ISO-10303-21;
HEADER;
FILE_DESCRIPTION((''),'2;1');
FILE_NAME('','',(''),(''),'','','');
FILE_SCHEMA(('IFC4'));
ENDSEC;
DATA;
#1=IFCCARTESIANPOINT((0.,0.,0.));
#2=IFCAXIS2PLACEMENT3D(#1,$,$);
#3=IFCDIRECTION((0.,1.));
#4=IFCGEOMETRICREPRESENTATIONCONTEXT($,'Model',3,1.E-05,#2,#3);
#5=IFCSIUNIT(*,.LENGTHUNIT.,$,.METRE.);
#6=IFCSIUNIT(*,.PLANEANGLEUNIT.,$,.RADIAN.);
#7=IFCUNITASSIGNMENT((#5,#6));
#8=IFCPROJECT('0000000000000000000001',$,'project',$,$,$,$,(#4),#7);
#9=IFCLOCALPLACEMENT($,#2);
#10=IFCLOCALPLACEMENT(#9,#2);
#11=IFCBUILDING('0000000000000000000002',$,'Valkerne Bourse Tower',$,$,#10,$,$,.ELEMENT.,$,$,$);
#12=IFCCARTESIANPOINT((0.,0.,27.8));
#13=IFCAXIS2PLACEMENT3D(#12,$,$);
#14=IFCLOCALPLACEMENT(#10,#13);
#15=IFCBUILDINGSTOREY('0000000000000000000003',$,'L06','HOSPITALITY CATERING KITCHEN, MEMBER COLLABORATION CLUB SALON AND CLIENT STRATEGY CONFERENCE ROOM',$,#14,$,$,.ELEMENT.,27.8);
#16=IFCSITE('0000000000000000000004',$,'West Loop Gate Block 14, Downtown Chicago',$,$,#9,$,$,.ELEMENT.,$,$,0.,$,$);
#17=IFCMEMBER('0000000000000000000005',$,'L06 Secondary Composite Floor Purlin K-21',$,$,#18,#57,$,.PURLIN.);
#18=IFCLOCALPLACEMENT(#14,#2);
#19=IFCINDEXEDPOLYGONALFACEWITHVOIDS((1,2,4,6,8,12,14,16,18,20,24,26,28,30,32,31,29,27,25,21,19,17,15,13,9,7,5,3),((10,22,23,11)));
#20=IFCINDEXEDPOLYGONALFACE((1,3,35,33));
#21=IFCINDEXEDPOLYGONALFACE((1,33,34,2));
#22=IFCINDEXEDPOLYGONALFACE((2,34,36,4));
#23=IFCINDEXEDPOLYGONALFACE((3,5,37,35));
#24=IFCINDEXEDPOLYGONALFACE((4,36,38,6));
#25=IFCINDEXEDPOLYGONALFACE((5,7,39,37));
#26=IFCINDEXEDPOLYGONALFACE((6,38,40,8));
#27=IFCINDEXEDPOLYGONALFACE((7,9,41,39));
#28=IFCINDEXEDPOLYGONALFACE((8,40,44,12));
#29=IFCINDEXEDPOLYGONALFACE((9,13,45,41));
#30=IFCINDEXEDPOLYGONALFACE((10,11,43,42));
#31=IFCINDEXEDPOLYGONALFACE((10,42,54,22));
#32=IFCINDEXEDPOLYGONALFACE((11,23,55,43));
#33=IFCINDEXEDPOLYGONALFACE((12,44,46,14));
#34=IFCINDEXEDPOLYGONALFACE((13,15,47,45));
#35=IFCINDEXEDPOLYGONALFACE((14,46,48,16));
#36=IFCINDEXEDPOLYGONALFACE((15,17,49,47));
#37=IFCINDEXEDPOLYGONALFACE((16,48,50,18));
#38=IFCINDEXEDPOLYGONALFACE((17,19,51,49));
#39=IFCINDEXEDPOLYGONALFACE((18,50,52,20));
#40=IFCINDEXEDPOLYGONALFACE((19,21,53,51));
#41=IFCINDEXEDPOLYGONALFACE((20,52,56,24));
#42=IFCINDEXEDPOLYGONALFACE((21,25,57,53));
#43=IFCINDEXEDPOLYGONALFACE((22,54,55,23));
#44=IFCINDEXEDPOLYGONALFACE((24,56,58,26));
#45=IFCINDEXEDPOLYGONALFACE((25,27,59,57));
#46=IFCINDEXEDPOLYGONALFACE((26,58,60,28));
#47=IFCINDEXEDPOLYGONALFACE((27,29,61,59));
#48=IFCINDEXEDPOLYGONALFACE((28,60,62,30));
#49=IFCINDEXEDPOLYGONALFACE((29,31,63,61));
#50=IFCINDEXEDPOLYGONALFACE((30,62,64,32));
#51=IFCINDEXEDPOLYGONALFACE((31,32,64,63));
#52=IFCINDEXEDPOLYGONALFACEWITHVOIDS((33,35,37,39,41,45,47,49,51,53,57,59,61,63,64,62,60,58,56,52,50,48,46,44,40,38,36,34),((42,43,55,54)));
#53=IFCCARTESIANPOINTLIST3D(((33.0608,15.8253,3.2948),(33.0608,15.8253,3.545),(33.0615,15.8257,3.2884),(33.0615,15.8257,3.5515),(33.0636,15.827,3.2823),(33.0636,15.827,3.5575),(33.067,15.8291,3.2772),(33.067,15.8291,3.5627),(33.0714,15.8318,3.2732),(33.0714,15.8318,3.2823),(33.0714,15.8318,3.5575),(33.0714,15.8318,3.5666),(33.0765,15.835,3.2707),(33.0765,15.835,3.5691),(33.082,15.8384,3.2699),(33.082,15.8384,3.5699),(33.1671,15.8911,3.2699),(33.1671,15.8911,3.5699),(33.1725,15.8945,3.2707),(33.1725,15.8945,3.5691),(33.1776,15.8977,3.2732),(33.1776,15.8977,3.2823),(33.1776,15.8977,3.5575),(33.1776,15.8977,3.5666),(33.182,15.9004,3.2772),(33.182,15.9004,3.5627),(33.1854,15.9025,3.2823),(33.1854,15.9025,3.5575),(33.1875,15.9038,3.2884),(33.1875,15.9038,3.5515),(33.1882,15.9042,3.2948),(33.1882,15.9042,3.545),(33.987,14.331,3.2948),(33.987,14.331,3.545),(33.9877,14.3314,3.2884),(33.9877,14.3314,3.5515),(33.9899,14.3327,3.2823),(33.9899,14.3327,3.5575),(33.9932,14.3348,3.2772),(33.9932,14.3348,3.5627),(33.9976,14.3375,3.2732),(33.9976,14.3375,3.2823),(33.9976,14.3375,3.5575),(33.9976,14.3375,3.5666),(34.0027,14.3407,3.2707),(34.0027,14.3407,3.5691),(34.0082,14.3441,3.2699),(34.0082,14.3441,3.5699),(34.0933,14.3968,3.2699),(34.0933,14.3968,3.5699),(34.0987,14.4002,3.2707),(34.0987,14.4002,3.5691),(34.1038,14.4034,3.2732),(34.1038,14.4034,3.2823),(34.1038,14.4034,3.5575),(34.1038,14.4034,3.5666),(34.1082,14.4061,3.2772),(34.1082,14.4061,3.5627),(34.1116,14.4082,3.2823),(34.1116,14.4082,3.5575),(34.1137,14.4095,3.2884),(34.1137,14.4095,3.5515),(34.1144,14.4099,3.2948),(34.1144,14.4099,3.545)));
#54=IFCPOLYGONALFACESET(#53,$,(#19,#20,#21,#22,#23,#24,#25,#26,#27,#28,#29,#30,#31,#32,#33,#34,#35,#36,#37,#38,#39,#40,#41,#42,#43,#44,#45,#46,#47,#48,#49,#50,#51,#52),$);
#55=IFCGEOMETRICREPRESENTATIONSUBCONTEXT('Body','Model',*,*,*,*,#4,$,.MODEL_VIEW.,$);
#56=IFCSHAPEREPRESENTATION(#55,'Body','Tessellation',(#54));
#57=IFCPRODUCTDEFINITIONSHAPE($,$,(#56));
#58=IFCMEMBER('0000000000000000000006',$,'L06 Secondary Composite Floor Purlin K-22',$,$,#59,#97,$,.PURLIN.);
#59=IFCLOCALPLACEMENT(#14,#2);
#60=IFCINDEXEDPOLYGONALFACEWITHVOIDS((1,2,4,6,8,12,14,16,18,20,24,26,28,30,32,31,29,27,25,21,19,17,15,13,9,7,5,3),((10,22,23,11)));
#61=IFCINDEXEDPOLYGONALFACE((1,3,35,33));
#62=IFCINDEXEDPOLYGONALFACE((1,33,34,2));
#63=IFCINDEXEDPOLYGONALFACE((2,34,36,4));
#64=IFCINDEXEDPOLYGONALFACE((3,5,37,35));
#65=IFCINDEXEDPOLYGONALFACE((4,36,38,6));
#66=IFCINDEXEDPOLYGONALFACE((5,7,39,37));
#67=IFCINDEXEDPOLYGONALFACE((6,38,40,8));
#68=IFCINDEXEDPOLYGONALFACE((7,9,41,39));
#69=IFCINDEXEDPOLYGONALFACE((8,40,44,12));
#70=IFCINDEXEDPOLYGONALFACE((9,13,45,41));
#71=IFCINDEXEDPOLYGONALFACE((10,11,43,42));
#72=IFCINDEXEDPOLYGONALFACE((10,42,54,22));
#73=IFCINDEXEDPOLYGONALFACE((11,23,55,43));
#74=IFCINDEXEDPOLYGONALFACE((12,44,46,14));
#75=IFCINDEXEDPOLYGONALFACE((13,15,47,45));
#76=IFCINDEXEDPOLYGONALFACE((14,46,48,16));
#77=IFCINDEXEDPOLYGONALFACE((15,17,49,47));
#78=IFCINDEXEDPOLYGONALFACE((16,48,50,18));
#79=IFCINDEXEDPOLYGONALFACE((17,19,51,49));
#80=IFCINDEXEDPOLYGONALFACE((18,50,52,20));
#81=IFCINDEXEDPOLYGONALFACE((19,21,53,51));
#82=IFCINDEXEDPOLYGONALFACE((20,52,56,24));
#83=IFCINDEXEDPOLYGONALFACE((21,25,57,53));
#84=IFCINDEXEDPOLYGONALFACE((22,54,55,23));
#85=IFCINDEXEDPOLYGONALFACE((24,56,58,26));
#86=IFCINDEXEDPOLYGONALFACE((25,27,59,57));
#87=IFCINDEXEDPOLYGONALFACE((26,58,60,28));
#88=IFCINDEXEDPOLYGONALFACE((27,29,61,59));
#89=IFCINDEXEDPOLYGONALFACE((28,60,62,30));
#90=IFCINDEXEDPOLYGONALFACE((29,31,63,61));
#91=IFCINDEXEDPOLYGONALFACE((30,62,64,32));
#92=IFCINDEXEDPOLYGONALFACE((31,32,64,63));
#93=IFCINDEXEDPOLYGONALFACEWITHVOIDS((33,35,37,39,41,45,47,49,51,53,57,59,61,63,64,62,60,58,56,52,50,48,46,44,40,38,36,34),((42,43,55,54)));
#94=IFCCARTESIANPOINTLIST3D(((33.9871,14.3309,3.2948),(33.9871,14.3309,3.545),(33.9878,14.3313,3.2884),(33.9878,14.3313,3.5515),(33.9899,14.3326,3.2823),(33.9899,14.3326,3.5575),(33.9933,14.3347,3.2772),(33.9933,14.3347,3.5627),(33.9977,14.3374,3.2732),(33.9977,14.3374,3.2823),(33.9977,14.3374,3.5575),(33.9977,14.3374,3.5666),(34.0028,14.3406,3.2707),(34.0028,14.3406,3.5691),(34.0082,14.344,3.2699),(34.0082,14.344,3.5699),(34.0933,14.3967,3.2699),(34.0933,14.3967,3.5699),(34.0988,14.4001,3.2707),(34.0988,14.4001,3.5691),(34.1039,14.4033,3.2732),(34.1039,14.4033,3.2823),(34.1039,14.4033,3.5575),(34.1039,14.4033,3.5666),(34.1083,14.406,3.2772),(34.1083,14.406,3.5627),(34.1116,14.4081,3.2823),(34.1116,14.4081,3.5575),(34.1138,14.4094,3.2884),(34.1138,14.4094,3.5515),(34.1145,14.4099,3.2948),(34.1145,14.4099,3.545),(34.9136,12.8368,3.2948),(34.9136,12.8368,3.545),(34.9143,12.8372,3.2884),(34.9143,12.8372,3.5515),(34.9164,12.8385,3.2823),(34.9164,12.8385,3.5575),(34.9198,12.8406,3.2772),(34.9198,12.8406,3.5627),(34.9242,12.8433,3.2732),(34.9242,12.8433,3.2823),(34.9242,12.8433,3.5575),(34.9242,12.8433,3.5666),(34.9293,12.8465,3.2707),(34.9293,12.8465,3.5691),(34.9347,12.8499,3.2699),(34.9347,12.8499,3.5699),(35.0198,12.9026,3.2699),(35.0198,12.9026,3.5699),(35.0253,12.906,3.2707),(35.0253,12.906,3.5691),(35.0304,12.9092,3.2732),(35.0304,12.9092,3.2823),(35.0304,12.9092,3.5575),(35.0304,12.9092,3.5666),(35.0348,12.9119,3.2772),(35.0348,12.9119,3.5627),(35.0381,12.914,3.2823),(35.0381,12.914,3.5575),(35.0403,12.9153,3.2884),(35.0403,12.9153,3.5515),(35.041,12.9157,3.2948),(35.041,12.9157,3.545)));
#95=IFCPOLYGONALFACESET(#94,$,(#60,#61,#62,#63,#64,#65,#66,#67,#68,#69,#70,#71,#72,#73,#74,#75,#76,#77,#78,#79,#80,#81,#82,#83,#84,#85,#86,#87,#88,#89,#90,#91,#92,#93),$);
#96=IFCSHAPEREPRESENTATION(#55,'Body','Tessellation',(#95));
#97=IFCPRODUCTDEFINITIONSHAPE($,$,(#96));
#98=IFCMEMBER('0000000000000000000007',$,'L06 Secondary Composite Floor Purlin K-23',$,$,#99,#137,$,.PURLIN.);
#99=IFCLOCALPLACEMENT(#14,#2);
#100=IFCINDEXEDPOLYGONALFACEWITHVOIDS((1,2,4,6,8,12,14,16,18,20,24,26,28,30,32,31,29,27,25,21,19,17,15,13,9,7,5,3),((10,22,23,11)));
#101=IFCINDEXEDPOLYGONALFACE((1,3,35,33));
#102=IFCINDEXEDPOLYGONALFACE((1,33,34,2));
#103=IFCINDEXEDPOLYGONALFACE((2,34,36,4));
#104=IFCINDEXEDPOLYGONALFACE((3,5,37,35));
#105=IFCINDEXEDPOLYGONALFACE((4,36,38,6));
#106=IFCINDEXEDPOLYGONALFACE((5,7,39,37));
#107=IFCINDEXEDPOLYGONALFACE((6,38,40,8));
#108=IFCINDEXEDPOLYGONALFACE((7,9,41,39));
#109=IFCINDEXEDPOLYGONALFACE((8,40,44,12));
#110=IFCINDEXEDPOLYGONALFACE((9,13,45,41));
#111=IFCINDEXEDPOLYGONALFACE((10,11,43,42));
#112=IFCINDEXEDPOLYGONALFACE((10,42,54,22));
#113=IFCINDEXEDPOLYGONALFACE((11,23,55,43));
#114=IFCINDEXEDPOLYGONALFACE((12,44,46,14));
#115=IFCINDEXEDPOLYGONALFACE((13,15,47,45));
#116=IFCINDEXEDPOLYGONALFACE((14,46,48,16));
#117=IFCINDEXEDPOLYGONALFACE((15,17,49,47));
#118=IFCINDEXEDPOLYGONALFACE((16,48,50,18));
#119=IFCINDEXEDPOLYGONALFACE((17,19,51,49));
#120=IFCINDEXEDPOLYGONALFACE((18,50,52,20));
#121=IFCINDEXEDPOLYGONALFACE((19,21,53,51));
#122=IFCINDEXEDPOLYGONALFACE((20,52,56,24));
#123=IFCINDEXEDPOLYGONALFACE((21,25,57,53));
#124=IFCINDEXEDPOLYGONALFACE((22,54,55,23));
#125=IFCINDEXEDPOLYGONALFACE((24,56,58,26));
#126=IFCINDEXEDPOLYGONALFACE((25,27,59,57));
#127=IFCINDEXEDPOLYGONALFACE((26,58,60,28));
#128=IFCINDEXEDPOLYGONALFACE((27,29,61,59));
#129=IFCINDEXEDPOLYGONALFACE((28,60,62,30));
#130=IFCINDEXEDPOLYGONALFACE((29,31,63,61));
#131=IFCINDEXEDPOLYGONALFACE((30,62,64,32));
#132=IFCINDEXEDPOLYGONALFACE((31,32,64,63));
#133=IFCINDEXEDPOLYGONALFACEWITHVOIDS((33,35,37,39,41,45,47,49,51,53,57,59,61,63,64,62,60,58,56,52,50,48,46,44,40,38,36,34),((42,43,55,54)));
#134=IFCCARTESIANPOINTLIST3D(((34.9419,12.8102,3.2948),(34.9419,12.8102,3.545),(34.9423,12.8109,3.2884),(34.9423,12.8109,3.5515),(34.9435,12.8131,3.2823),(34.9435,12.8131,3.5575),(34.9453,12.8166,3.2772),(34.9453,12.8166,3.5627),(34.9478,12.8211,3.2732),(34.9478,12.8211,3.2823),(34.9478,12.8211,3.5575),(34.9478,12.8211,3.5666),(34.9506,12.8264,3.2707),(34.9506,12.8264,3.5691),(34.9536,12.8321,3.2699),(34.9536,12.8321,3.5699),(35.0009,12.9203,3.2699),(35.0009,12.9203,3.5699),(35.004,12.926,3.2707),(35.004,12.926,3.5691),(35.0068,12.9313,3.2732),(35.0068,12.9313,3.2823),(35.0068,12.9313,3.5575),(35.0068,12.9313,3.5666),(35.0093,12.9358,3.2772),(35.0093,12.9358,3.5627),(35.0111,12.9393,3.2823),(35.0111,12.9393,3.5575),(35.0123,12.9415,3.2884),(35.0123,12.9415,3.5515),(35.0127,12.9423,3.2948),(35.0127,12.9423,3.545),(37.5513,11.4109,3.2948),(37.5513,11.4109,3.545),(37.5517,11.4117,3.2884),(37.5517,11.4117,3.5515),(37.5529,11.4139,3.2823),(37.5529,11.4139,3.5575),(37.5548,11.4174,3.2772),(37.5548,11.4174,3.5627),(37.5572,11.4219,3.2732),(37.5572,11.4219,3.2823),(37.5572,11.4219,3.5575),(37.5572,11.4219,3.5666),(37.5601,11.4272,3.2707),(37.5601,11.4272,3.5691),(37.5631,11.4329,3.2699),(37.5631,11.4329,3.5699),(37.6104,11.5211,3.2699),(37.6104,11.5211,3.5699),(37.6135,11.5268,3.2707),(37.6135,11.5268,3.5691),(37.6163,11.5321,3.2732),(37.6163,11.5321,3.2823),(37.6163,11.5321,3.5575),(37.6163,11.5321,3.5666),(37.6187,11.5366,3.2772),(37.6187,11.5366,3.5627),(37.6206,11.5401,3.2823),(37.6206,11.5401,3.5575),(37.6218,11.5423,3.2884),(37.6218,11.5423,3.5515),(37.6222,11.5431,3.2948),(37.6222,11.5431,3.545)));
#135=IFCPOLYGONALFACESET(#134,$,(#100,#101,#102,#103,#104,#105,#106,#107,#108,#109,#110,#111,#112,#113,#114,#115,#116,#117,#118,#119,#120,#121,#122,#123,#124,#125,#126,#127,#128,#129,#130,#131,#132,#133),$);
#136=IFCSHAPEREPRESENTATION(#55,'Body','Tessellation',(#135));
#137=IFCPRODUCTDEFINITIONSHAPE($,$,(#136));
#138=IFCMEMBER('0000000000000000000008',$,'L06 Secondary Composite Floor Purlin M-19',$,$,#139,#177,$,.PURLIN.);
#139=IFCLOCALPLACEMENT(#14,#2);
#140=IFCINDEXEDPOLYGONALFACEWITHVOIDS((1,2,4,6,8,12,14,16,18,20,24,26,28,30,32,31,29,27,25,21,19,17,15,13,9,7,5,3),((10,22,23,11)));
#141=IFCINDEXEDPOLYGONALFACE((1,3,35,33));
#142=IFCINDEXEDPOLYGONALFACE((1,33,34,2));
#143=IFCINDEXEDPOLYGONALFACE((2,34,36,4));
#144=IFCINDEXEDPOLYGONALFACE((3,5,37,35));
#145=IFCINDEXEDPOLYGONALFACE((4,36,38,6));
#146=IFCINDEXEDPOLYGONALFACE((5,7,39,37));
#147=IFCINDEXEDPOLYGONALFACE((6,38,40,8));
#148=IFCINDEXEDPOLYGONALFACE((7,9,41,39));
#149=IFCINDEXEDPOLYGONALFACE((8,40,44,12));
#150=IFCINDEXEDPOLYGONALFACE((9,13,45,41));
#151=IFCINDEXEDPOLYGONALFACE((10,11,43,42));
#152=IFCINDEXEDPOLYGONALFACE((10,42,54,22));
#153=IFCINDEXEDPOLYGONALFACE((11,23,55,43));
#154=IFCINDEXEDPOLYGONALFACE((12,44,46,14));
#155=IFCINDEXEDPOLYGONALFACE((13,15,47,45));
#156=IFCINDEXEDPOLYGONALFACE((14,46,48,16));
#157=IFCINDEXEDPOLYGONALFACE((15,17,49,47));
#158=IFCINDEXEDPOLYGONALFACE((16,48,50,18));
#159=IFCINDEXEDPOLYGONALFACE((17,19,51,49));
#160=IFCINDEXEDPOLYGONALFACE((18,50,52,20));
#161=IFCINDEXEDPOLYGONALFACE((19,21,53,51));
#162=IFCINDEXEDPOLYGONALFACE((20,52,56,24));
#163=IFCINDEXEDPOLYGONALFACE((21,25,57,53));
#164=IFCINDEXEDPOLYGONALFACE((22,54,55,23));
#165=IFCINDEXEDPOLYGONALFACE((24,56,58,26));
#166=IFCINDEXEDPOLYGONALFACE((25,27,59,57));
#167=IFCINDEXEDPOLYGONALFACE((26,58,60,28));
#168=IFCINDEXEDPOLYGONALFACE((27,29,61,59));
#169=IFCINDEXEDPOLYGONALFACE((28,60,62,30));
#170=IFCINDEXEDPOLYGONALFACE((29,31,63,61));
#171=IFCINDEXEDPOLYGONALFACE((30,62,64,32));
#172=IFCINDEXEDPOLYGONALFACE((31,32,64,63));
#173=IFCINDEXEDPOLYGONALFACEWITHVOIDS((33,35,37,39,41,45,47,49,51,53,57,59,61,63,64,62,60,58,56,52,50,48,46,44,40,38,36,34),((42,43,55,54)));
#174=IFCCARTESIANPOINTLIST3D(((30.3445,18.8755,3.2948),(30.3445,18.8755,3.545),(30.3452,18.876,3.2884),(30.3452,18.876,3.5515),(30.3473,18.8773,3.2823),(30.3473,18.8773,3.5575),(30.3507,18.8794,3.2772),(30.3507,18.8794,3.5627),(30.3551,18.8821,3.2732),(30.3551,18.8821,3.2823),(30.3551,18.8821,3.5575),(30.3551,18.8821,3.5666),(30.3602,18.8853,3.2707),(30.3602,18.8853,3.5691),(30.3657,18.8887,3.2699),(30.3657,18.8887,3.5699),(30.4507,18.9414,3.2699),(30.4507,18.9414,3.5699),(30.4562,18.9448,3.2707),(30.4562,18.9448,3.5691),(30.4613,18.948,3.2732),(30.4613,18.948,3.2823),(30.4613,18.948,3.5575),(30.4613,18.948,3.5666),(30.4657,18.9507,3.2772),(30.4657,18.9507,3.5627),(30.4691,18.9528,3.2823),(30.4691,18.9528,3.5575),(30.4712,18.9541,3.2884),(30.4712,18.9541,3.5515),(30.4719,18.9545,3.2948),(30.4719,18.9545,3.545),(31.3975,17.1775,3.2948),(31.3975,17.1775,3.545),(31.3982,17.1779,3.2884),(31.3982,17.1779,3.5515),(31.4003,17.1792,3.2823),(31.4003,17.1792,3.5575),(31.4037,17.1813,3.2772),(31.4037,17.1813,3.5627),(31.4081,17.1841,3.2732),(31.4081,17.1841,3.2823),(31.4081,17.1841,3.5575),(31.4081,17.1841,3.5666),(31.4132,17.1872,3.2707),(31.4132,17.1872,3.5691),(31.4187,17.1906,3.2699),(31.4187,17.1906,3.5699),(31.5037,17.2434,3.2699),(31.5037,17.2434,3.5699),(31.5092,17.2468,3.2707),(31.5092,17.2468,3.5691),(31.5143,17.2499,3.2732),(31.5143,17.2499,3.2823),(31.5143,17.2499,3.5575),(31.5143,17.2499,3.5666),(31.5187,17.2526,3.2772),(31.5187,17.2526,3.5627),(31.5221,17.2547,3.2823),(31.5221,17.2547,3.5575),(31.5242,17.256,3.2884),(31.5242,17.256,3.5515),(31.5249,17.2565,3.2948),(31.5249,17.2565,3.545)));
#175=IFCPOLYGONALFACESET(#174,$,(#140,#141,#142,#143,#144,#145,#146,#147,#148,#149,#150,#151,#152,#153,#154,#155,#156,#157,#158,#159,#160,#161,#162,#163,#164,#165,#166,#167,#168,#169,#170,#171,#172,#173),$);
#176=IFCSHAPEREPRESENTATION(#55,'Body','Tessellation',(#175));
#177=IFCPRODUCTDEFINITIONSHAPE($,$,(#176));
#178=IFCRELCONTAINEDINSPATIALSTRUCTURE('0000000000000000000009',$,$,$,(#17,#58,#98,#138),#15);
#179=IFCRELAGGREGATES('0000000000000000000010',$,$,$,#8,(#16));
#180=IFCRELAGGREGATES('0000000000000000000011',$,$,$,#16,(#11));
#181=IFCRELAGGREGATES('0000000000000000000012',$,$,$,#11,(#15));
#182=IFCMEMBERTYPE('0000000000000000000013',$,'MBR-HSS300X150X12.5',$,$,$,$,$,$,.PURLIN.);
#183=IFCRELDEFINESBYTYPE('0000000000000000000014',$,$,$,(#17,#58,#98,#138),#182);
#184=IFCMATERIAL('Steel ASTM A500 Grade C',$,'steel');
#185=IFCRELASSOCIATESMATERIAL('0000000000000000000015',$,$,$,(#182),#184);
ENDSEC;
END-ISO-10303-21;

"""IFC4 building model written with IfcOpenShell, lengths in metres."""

from ifc_helpers import new_model, si_unit, direction, frame, origin, origin_2d, place, context, subcontext, project, spatial, hollow_rectangle, extrude, material, material_profile, profile_set, type_object, element, save


model = new_model("IFC4")

# Units and contexts
model_context = context("Model", 3, precision=1e-05, world=origin(), true_north=direction((0.0, 1.0)))
body_context = subcontext(model_context, "Body", "Model", "MODEL_VIEW")
ifc_project = project(units=[si_unit("LENGTHUNIT", "METRE"), si_unit("PLANEANGLEUNIT", "RADIAN")], contexts=[model_context])

# Site, building, storey
site_placement = place(None, origin())
site = spatial("IfcSite", under=ifc_project, at=site_placement, Name="West Loop Gate Block 14, Downtown Chicago", CompositionType="ELEMENT", RefElevation=0.0)
building_placement = place(site_placement, origin())
building = spatial("IfcBuilding", under=site, at=building_placement, Name="Valkerne Bourse Tower", CompositionType="ELEMENT")
storey_placement = place(building_placement, frame((0.0, 0.0, 27.8)))
storey = spatial("IfcBuildingStorey", under=building, at=storey_placement, Name="L06", Description="HOSPITALITY CATERING KITCHEN, MEMBER COLLABORATION CLUB SALON AND CLIENT STRATEGY CONFERENCE ROOM", CompositionType="ELEMENT", Elevation=27.8)

# Members
ifc_material_1 = material(Name="Steel ASTM A500 Grade C", Category="steel")
ifc_material_profile_1 = material_profile(ifc_material_1, hollow_rectangle(XDim=0.1499, YDim=0.3, WallThickness=0.0125, OuterFilletRadius=0.0249, at=origin_2d()), Name="HSS300X150X12.5")
ifc_profile_set_1 = profile_set([ifc_material_profile_1], Name="Steel ASTM A500 Grade C")
member_type_1 = type_object("IfcMemberType", Name="MBR-HSS300X150X12.5", PredefinedType="PURLIN", material=ifc_profile_set_1)
for number, where, z_axis, x_axis, name in (
    (1, (33.1245, 15.8647, 3.4199), (0.526837, -0.849966, 0.0), (0.849966, 0.526837, 0.0), "L06 Secondary Composite Floor Purlin K-21"),
    (2, (34.0508, 14.3704, 3.4199), (0.527, -0.849865, 0.0), (0.849865, 0.527, 0.0), "L06 Secondary Composite Floor Purlin K-22"),
):
    element("IfcMember", number, at=place(storey_placement, frame(where, z_axis=z_axis, x_axis=x_axis)), inside=storey, type_object=member_type_1, Name=name, PredefinedType="PURLIN", context=body_context, shape_type="SweptSolid", body=[
        extrude(hollow_rectangle(XDim=0.1499, YDim=0.3, WallThickness=0.0125, OuterFilletRadius=0.0249, at=origin_2d()), origin(), (0.0, 0.0, 1.0), 1.7581),
    ])
member_1_placement = place(storey_placement, frame((34.9773, 12.8762, 3.4199), z_axis=(0.881298, -0.47256, 0.0), x_axis=(0.47256, 0.881298, 0.0)))
element("IfcMember", 3, at=member_1_placement, inside=storey, type_object=member_type_1, Name="L06 Secondary Composite Floor Purlin K-23", PredefinedType="PURLIN", context=body_context, shape_type="SweptSolid", body=[
    extrude(hollow_rectangle(XDim=0.1499, YDim=0.3, WallThickness=0.0125, OuterFilletRadius=0.0249, at=origin_2d()), origin(), (0.0, 0.0, 1.0), 2.9609),
])
member_2_placement = place(storey_placement, frame((30.4082, 18.915, 3.4199), z_axis=(0.527019, -0.849853, 0.0), x_axis=(0.849853, 0.527019, 0.0)))
element("IfcMember", 4, at=member_2_placement, inside=storey, type_object=member_type_1, Name="L06 Secondary Composite Floor Purlin M-19", PredefinedType="PURLIN", context=body_context, shape_type="SweptSolid", body=[
    extrude(hollow_rectangle(XDim=0.1499, YDim=0.3, WallThickness=0.0125, OuterFilletRadius=0.0249, at=origin_2d()), origin(), (0.0, 0.0, 1.0), 1.998),
])

save(model, "model.ifc")
